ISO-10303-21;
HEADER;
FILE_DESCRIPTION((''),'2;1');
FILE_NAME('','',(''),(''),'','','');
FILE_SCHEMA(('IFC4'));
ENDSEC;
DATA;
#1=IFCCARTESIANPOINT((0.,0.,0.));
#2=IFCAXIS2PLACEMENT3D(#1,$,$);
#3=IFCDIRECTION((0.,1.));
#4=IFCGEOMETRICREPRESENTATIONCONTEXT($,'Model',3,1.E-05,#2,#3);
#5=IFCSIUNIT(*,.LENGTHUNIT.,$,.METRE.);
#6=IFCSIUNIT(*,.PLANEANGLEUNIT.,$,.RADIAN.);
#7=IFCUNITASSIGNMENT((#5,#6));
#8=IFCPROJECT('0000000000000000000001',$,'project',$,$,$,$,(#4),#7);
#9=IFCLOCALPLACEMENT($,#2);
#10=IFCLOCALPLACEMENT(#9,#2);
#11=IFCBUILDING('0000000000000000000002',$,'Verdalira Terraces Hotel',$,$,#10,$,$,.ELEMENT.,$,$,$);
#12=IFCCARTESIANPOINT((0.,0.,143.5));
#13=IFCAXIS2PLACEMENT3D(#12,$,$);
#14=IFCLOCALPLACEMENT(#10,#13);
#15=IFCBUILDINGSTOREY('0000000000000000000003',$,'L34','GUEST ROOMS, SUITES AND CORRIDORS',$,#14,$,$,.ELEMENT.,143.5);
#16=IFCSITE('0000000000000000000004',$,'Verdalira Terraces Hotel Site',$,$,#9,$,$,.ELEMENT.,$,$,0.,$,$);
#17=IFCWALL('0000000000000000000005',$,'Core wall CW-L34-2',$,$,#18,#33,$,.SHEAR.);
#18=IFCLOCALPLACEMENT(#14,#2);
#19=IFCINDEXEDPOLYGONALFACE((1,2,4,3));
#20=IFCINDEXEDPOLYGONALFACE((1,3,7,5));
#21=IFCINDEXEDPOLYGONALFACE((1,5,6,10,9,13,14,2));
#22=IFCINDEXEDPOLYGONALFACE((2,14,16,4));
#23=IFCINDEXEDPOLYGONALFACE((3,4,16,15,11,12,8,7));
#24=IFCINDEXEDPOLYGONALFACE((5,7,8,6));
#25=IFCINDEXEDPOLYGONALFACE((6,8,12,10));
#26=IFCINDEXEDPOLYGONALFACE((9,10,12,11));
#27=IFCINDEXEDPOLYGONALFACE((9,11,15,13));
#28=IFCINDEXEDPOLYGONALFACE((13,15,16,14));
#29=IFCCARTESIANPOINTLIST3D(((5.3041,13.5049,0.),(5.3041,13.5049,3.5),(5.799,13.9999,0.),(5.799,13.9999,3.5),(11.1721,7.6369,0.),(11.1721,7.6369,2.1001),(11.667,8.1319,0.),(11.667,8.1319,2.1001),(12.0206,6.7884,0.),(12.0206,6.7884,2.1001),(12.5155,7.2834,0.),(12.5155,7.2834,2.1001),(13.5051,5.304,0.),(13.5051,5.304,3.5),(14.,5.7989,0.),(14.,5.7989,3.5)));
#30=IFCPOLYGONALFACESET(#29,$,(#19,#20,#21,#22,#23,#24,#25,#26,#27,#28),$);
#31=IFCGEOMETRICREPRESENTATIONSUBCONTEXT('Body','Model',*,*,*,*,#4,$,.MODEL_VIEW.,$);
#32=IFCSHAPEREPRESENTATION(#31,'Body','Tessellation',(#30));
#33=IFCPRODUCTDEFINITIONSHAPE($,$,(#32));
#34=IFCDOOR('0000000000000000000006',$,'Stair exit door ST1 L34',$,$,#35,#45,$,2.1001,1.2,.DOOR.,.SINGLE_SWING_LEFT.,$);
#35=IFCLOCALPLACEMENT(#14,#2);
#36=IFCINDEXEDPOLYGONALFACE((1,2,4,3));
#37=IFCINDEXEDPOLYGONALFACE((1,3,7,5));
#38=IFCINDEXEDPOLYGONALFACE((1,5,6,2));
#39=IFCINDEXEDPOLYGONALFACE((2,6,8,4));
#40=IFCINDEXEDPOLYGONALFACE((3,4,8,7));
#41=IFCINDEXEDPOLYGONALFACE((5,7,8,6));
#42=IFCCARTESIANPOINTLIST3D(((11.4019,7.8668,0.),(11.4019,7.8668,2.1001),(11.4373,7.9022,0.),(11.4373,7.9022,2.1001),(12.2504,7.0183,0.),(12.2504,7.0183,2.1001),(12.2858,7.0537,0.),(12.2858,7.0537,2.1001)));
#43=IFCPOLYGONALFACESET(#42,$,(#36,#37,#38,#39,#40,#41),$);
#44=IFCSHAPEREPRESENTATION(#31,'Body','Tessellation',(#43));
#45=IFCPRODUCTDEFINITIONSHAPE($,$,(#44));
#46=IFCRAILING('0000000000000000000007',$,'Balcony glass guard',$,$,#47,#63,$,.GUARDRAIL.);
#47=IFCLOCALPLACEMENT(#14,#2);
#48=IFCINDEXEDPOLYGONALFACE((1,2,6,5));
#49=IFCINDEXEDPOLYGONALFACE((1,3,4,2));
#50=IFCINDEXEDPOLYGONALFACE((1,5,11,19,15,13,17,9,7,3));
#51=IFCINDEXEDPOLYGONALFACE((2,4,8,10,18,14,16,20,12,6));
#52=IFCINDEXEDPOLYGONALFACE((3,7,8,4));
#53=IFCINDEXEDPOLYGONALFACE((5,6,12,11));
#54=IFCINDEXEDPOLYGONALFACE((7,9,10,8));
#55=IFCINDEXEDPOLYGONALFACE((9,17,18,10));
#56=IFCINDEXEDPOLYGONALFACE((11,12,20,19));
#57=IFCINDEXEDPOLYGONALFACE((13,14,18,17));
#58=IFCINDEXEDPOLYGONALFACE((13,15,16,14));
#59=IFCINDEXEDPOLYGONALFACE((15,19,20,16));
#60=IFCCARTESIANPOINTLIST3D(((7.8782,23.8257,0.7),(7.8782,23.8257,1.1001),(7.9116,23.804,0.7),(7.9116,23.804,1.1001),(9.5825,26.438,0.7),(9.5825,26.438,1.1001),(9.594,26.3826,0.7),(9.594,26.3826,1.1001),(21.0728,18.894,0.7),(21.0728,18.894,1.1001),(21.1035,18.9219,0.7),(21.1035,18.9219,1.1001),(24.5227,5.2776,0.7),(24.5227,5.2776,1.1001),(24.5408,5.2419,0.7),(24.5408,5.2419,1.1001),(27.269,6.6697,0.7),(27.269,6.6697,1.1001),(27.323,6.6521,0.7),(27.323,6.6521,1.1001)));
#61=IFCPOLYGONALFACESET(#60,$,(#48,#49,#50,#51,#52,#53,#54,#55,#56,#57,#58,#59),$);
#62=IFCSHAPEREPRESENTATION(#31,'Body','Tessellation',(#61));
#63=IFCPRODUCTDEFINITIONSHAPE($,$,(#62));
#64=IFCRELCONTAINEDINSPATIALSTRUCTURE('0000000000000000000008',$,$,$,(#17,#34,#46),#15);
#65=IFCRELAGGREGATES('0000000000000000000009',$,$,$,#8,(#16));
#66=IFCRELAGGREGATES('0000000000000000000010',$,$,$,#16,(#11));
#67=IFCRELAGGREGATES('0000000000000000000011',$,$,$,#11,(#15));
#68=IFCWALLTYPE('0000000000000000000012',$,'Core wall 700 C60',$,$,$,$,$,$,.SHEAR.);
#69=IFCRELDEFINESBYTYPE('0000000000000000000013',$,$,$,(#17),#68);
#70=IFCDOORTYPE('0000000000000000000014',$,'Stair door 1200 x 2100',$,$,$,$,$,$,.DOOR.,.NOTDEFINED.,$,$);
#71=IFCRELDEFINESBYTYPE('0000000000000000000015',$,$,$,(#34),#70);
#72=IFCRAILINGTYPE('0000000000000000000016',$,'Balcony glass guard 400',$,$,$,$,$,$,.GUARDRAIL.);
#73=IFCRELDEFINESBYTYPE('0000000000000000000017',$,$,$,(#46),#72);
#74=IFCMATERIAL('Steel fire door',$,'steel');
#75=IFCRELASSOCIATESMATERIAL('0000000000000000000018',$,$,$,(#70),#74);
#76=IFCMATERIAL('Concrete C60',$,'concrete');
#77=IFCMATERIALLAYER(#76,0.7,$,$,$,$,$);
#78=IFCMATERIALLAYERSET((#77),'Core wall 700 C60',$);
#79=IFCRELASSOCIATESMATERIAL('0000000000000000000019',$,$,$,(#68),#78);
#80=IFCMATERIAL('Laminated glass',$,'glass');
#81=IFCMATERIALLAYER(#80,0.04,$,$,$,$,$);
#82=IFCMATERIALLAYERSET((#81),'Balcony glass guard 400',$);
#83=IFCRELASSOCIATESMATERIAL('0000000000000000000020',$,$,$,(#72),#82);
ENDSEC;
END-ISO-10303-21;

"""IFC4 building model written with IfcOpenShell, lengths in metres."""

from ifc_helpers import new_model, si_unit, direction, frame, frame_2d, origin, place, context, subcontext, project, spatial, polyline, rectangle, outline, extrude, material, layer, layer_set, type_object, element, fill, save


model = new_model("IFC4")

# Units and contexts
model_context = context("Model", 3, precision=1e-05, world=origin(), true_north=direction((0.0, 1.0)))
body_context = subcontext(model_context, "Body", "Model", "MODEL_VIEW")
ifc_project = project(units=[si_unit("LENGTHUNIT", "METRE"), si_unit("PLANEANGLEUNIT", "RADIAN")], contexts=[model_context])

# Site, building, storey
site_placement = place(None, origin())
site = spatial("IfcSite", under=ifc_project, at=site_placement, Name="Verdalira Terraces Hotel Site", CompositionType="ELEMENT", RefElevation=0.0)
building_placement = place(site_placement, origin())
building = spatial("IfcBuilding", under=site, at=building_placement, Name="Verdalira Terraces Hotel", CompositionType="ELEMENT")
storey_placement = place(building_placement, frame((0.0, 0.0, 143.5)))
storey = spatial("IfcBuildingStorey", under=building, at=storey_placement, Name="L34", Description="GUEST ROOMS, SUITES AND CORRIDORS", CompositionType="ELEMENT", Elevation=143.5)

# Shared definitions
ifc_material_1 = material(Name="Steel fire door", Category="steel")
door_type_1 = type_object("IfcDoorType", Name="Stair door 1200 x 2100", OperationType="NOTDEFINED", PredefinedType="DOOR", material=ifc_material_1)

# Wall, opening, door
ifc_material_2 = material(Name="Concrete C60", Category="concrete")
ifc_layer_1 = layer(ifc_material_2, 0.7)
ifc_layer_set_1 = layer_set([ifc_layer_1], Name="Core wall 700 C60")
wall_type_1 = type_object("IfcWallType", Name="Core wall 700 C60", PredefinedType="SHEAR", material=ifc_layer_set_1)
wall_1_placement = place(storey_placement, frame((13.7524, 5.5515, 0.0), z_axis=(0.0, 0.0, 1.0), x_axis=(-0.707107, 0.707107, 0.0)))
wall_1 = element("IfcWall", 1, at=wall_1_placement, inside=storey, type_object=wall_type_1, Name="Core wall CW-L34-2", PredefinedType="SHEAR", context=body_context, shape_type="SweptSolid", body=[
    extrude(rectangle(XDim=11.5979, YDim=0.7, at=frame_2d((5.7988, 0.0))), origin(), (0.0, 0.0, 1.0), 3.5),
])
opening_1_placement = place(wall_1_placement, frame((2.0991, 0.0, 0.0)))
opening_1 = element("IfcOpeningElement", 2, at=opening_1_placement, cuts=wall_1, PredefinedType="OPENING", context=body_context, shape_type="SweptSolid", body=[
    extrude(rectangle(XDim=1.2, YDim=2.1001, at=frame_2d((0.6001, 1.05))), frame((0.0, 0.3599, 0.0), z_axis=(0.0, -1.0, 0.0), x_axis=(1.0, 0.0, 0.0)), (0.0, 0.0, 1.0), 0.72),
])
door_1_placement = place(opening_1_placement, origin())
door_1 = element("IfcDoor", 3, at=door_1_placement, inside=storey, type_object=door_type_1, Name="Stair exit door ST1 L34", OperationType="SINGLE_SWING_LEFT", OverallHeight=2.1001, OverallWidth=1.2, PredefinedType="DOOR", context=body_context, shape_type="SweptSolid", body=[
    extrude(rectangle(XDim=1.2, YDim=2.1001, at=frame_2d((0.6001, 1.05))), frame((0.0, 0.0249, 0.0), z_axis=(0.0, -1.0, 0.0), x_axis=(1.0, 0.0, 0.0)), (0.0, 0.0, 1.0), 0.05),
])
fill(opening_1, door_1)

# Railing
ifc_material_3 = material(Name="Laminated glass", Category="glass")
ifc_layer_2 = layer(ifc_material_3, 0.04)
ifc_layer_set_2 = layer_set([ifc_layer_2], Name="Balcony glass guard 400")
railing_type_1 = type_object("IfcRailingType", Name="Balcony glass guard 400", PredefinedType="GUARDRAIL", material=ifc_layer_set_2)
railing_1_placement = place(storey_placement, frame((0.0, 0.0, 0.7)))
element("IfcRailing", 4, at=railing_1_placement, inside=storey, type_object=railing_type_1, Name="Balcony glass guard", PredefinedType="GUARDRAIL", context=body_context, shape_type="SweptSolid", body=[
    extrude(outline(polyline([(27.269, 6.6697), (21.0728, 18.894), (9.594, 26.3826), (7.9116, 23.804), (7.8782, 23.8257), (9.5825, 26.438), (21.1035, 18.9219), (27.323, 6.6521), (24.5408, 5.2419), (24.5227, 5.2776), (27.269, 6.6697)])), origin(), (0.0, 0.0, 1.0), 0.4001),
])

save(model, "model.ifc")
